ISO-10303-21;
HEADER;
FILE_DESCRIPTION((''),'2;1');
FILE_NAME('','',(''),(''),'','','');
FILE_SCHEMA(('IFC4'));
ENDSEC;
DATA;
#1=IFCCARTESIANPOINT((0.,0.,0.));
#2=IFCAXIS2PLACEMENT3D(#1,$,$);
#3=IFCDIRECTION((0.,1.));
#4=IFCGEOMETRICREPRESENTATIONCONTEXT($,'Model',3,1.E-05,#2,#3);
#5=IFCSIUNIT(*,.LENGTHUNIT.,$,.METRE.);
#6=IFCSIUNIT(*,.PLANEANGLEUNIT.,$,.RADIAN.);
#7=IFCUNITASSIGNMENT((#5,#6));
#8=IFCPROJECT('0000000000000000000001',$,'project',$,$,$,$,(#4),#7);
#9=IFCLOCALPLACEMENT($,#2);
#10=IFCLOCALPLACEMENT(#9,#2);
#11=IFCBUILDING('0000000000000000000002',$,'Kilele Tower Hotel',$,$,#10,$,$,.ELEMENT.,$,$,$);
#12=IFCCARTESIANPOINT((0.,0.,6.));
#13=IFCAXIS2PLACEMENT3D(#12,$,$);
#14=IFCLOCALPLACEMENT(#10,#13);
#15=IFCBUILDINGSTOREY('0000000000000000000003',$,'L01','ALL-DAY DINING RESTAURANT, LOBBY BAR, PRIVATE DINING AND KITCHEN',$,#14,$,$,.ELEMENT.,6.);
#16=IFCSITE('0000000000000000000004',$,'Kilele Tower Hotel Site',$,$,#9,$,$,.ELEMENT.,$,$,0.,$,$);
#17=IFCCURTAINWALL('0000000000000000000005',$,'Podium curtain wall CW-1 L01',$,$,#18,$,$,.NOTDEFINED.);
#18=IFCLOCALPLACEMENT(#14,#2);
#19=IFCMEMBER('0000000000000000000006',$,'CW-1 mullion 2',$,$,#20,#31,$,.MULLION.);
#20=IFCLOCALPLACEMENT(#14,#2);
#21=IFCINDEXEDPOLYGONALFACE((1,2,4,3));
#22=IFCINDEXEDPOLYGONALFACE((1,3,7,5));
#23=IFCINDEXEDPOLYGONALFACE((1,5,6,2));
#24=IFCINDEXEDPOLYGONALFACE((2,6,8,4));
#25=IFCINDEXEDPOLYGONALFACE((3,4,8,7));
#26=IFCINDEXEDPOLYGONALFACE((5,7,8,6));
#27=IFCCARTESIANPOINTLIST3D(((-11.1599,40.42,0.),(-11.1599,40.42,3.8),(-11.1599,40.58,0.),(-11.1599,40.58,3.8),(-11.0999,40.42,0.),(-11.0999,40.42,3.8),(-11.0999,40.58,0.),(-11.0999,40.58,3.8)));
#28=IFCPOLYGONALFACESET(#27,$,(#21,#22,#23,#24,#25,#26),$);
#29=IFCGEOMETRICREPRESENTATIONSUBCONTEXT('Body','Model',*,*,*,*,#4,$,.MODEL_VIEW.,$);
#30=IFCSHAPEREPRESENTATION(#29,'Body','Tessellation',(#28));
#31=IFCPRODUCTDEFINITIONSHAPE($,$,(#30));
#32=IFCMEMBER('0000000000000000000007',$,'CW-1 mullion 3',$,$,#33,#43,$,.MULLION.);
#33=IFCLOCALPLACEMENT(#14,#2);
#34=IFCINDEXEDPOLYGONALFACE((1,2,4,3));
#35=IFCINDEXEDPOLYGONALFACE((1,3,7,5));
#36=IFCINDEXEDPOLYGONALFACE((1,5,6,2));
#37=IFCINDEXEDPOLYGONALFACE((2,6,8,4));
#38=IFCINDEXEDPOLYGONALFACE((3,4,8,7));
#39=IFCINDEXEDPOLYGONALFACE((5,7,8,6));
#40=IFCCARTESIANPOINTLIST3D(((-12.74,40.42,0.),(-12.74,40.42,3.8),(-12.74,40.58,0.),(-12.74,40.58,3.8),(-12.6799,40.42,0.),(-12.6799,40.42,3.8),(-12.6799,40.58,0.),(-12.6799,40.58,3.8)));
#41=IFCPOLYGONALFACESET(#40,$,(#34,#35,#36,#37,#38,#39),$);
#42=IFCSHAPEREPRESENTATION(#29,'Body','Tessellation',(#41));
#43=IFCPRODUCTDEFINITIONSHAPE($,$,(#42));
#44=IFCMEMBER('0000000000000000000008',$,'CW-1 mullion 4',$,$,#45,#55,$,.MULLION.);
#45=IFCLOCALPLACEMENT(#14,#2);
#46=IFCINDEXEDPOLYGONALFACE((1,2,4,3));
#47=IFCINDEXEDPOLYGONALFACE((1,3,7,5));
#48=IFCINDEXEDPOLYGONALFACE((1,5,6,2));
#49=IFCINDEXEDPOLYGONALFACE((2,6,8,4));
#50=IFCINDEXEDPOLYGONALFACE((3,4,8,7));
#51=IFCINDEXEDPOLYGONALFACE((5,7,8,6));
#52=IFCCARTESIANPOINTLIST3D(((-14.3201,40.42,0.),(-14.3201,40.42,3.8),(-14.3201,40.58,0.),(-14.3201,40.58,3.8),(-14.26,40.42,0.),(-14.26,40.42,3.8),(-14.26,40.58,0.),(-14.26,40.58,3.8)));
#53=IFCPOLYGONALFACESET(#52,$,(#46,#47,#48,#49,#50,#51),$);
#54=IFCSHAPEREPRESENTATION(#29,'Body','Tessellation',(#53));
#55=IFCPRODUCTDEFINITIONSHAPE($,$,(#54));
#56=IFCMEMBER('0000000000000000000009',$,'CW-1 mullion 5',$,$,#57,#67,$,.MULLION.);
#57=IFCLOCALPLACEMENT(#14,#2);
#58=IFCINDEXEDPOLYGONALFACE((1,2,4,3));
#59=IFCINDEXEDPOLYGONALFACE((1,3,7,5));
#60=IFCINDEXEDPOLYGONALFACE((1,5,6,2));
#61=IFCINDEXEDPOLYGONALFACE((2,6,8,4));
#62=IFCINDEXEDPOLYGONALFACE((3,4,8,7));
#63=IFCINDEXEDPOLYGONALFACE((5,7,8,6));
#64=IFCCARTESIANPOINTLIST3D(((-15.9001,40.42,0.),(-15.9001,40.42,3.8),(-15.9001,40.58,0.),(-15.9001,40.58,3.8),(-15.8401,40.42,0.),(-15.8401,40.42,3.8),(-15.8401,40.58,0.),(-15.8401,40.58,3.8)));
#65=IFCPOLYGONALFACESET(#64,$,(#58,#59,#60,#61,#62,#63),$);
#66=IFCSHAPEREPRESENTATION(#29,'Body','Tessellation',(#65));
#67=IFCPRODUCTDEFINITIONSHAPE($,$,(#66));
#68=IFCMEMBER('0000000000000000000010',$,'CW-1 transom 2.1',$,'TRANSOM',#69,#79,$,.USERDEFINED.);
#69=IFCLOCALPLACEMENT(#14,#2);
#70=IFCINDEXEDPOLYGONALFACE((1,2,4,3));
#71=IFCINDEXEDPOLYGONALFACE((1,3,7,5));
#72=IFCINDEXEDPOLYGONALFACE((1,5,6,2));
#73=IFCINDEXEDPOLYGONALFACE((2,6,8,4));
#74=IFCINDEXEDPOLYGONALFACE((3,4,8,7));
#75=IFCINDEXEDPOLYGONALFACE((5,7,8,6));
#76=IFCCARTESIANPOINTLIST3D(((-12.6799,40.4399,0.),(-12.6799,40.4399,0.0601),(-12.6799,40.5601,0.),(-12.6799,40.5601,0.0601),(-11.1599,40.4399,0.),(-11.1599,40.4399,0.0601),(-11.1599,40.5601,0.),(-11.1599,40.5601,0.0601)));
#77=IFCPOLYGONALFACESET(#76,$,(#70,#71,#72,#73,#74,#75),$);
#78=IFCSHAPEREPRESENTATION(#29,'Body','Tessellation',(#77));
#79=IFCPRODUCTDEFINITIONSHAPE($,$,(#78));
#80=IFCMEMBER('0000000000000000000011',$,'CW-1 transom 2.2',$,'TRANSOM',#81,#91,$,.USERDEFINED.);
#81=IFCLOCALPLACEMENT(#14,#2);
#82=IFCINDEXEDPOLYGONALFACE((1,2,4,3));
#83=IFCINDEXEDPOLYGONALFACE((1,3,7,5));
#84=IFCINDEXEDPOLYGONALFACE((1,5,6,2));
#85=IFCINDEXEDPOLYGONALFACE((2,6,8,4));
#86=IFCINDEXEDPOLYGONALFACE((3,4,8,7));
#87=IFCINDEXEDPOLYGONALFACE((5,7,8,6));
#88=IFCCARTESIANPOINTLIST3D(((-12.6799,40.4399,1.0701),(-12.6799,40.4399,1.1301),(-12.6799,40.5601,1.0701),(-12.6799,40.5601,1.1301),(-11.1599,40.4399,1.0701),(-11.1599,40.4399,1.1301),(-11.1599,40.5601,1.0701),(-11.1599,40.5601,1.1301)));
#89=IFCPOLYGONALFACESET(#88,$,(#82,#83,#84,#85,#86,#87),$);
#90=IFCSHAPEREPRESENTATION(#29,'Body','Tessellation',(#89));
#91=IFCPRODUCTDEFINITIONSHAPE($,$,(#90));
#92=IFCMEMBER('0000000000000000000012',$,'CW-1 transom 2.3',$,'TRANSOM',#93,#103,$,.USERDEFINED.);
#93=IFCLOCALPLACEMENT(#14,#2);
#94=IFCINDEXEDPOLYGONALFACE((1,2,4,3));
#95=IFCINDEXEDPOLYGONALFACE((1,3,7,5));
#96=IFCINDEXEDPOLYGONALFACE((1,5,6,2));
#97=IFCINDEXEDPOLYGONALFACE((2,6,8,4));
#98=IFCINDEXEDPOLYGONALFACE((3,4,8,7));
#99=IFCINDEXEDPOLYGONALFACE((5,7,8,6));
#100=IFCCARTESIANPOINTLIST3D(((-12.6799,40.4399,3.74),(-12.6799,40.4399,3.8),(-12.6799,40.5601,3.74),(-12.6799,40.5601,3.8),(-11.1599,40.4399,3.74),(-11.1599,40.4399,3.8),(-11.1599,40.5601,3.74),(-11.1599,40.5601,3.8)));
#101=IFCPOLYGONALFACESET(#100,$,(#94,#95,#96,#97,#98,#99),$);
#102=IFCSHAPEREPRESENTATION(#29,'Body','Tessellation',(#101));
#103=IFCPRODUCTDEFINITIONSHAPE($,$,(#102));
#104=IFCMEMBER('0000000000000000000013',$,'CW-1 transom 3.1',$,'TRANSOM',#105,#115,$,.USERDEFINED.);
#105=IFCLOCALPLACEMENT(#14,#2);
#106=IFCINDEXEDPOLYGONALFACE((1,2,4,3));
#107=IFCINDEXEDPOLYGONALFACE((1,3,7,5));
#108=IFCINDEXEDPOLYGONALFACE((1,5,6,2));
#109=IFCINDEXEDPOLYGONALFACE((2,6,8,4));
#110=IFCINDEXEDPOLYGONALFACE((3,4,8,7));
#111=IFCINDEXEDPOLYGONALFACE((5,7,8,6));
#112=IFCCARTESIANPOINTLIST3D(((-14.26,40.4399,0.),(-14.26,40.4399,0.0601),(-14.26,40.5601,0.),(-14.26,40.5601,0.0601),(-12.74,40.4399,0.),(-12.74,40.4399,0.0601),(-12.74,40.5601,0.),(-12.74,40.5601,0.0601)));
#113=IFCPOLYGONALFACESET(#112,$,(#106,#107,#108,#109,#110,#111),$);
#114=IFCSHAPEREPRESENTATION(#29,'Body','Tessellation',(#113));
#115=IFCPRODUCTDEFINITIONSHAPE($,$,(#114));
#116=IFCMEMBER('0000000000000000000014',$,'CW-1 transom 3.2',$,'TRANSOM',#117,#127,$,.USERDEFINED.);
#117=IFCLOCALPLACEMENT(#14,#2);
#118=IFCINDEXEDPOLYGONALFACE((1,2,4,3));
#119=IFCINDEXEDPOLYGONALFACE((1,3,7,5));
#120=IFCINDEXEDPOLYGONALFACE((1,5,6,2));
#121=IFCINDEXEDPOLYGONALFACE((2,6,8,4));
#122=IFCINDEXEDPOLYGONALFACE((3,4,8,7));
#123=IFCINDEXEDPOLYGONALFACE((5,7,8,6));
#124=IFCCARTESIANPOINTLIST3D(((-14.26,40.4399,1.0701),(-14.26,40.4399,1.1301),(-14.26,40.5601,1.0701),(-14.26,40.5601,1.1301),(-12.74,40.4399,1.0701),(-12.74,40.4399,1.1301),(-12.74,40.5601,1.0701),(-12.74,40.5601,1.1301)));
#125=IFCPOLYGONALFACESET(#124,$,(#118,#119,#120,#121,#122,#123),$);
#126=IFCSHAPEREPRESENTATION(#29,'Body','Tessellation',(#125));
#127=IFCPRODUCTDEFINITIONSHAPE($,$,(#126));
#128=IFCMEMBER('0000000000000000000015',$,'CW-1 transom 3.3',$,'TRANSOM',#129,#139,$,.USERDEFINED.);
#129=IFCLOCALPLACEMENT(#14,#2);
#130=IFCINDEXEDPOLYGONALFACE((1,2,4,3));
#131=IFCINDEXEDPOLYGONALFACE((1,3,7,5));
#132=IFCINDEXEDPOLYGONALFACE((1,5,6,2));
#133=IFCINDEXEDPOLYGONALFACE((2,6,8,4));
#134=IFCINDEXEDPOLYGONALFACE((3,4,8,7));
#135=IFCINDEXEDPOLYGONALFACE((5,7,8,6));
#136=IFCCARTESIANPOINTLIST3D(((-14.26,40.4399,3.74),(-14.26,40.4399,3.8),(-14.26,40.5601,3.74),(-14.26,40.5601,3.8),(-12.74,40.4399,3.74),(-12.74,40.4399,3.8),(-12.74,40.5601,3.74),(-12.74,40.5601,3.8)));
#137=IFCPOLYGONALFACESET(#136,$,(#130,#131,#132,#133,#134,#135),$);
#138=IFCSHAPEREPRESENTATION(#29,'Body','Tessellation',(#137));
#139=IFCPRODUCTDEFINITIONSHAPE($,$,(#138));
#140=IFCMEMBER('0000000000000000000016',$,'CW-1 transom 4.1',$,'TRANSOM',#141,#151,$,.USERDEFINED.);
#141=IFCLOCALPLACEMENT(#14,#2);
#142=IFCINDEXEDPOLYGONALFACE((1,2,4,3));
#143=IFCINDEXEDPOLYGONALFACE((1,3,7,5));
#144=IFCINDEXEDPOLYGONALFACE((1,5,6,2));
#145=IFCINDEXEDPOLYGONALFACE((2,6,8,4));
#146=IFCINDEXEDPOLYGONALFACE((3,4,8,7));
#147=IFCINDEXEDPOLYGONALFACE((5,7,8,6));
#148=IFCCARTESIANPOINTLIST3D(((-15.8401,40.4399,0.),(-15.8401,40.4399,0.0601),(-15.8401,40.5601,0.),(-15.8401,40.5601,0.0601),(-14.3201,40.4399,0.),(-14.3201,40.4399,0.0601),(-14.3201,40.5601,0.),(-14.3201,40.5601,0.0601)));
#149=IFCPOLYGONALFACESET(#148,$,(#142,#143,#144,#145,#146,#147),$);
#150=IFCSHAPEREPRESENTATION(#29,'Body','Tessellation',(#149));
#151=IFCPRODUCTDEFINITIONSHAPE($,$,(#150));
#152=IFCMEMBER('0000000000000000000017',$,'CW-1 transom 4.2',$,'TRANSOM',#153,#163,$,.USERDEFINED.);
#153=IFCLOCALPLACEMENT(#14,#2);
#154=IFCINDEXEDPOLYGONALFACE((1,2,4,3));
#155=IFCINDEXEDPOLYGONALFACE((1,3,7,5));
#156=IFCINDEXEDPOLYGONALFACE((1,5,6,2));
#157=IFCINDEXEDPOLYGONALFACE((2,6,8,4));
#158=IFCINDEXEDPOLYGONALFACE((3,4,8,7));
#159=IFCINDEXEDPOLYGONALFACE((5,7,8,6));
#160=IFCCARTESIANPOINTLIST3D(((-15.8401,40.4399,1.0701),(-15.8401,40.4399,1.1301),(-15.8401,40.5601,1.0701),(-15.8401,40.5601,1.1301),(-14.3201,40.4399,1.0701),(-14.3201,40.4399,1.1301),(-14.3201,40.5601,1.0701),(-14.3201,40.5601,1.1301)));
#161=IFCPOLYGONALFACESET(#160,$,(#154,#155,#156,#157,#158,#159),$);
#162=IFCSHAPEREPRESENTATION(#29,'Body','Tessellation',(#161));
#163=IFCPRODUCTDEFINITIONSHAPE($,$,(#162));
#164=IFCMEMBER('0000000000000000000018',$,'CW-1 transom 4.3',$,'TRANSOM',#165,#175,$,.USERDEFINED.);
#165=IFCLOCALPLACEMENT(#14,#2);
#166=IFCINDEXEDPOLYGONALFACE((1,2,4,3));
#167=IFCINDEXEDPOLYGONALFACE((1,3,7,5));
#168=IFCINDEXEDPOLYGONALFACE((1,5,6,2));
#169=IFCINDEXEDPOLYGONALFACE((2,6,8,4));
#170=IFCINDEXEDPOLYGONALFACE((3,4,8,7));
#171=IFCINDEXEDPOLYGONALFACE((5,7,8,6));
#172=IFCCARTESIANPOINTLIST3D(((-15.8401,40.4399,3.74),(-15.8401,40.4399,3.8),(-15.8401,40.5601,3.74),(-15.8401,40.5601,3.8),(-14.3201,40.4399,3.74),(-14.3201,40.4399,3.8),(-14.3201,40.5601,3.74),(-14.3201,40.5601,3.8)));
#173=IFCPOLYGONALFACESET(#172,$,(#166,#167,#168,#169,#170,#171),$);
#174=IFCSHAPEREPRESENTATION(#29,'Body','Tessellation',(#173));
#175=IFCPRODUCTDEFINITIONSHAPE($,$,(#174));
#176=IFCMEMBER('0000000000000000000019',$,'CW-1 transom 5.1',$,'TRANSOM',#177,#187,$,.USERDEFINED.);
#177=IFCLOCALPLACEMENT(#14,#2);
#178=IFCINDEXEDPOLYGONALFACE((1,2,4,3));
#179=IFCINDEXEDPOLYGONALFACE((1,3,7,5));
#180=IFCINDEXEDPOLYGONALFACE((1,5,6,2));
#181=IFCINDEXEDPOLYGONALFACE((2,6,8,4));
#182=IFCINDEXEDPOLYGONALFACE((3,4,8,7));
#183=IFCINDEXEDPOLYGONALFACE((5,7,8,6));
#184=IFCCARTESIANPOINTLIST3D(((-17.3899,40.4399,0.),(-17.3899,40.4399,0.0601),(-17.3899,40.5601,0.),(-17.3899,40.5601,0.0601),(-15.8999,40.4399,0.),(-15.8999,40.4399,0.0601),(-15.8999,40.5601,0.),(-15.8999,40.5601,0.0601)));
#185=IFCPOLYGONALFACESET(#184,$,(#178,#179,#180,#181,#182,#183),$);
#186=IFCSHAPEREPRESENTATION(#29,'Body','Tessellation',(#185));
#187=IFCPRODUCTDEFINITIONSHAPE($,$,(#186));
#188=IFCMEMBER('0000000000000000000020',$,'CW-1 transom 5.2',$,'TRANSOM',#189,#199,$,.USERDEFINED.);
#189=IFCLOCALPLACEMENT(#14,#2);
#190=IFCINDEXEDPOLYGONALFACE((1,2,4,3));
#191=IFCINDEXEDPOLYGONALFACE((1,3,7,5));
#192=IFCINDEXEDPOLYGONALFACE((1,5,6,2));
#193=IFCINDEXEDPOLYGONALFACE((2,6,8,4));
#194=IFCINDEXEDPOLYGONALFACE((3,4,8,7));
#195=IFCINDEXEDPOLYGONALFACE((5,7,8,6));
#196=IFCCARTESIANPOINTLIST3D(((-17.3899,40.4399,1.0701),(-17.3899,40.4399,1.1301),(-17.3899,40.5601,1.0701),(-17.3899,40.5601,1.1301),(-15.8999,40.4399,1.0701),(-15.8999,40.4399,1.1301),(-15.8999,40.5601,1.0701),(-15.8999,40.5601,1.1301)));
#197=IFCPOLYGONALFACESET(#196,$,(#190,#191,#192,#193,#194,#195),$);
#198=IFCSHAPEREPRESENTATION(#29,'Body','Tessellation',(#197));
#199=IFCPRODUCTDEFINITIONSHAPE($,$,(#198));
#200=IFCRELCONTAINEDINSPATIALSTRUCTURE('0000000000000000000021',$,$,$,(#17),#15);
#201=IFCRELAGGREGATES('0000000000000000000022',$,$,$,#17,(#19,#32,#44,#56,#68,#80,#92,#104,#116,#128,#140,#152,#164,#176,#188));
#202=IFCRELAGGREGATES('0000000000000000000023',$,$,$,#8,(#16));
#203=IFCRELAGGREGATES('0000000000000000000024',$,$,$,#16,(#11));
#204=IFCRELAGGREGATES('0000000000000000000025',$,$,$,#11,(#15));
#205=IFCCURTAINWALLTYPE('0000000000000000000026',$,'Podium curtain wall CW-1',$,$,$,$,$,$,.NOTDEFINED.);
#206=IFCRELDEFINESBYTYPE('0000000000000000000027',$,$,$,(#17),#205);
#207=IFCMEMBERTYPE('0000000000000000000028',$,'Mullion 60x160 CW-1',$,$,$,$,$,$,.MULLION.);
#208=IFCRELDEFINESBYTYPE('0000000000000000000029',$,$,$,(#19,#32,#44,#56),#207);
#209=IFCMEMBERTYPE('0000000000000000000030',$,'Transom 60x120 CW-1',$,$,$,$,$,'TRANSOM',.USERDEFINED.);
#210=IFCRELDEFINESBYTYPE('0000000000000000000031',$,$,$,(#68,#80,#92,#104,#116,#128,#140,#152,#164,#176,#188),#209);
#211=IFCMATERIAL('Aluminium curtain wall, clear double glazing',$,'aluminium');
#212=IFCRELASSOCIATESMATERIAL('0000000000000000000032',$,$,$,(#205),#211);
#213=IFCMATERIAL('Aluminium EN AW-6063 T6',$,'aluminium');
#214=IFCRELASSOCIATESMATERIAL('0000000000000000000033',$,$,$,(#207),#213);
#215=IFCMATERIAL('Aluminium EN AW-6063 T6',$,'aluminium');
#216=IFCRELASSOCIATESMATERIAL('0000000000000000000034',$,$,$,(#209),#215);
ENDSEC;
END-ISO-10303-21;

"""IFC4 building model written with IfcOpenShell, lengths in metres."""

from ifc_helpers import new_model, si_unit, direction, frame, origin, origin_2d, place, context, subcontext, project, spatial, rectangle, extrude, material, material_profile, profile_set, type_object, element, aggregate, save


model = new_model("IFC4")

# Units and contexts
model_context = context("Model", 3, precision=1e-05, world=origin(), true_north=direction((0.0, 1.0)))
body_context = subcontext(model_context, "Body", "Model", "MODEL_VIEW")
ifc_project = project(units=[si_unit("LENGTHUNIT", "METRE"), si_unit("PLANEANGLEUNIT", "RADIAN")], contexts=[model_context])

# Site, building, storey
site_placement = place(None, origin())
site = spatial("IfcSite", under=ifc_project, at=site_placement, Name="Kilele Tower Hotel Site", CompositionType="ELEMENT", RefElevation=0.0)
building_placement = place(site_placement, origin())
building = spatial("IfcBuilding", under=site, at=building_placement, Name="Kilele Tower Hotel", CompositionType="ELEMENT")
storey_placement = place(building_placement, frame((0.0, 0.0, 6.0)))
storey = spatial("IfcBuildingStorey", under=building, at=storey_placement, Name="L01", Description="ALL-DAY DINING RESTAURANT, LOBBY BAR, PRIVATE DINING AND KITCHEN", CompositionType="ELEMENT", Elevation=6.0)

# Curtain wall, members
ifc_material_1 = material(Name="Aluminium curtain wall, clear double glazing", Category="aluminium")
curtain_wall_type = type_object("IfcCurtainWallType", Name="Podium curtain wall CW-1", PredefinedType="NOTDEFINED", material=ifc_material_1)
curtain_wall_placement = place(storey_placement, origin())
curtain_wall = element("IfcCurtainWall", 1, at=curtain_wall_placement, inside=storey, type_object=curtain_wall_type, Name="Podium curtain wall CW-1 L01", PredefinedType="NOTDEFINED")
ifc_material_2 = material(Name="Aluminium EN AW-6063 T6", Category="aluminium")
ifc_material_profile_1 = material_profile(ifc_material_2, rectangle(XDim=0.1599, YDim=0.0601, at=origin_2d()))
ifc_profile_set_1 = profile_set([ifc_material_profile_1], Name="Aluminium EN AW-6063 T6")
member_type_1 = type_object("IfcMemberType", Name="Mullion 60x160 CW-1", PredefinedType="MULLION", material=ifc_profile_set_1)
member_1_placement = place(storey_placement, frame((-11.1299, 40.5, 0.0), z_axis=(0.0, 0.0, 1.0), x_axis=(0.0, -1.0, 0.0)))
member_1 = element("IfcMember", 2, at=member_1_placement, type_object=member_type_1, Name="CW-1 mullion 2", PredefinedType="MULLION", context=body_context, shape_type="SweptSolid", body=[
    extrude(rectangle(XDim=0.1599, YDim=0.0601, at=origin_2d()), origin(), (0.0, 0.0, 1.0), 3.8),
])
member_2_placement = place(storey_placement, frame((-12.71, 40.5, 0.0), z_axis=(0.0, 0.0, 1.0), x_axis=(0.0, -1.0, 0.0)))
member_2 = element("IfcMember", 3, at=member_2_placement, type_object=member_type_1, Name="CW-1 mullion 3", PredefinedType="MULLION", context=body_context, shape_type="SweptSolid", body=[
    extrude(rectangle(XDim=0.1599, YDim=0.0601, at=origin_2d()), origin(), (0.0, 0.0, 1.0), 3.8),
])
member_3_placement = place(storey_placement, frame((-14.29, 40.5, 0.0), z_axis=(0.0, 0.0, 1.0), x_axis=(0.0, -1.0, 0.0)))
member_3 = element("IfcMember", 4, at=member_3_placement, type_object=member_type_1, Name="CW-1 mullion 4", PredefinedType="MULLION", context=body_context, shape_type="SweptSolid", body=[
    extrude(rectangle(XDim=0.1599, YDim=0.0601, at=origin_2d()), origin(), (0.0, 0.0, 1.0), 3.8),
])
member_4_placement = place(storey_placement, frame((-15.8701, 40.5, 0.0), z_axis=(0.0, 0.0, 1.0), x_axis=(0.0, -1.0, 0.0)))
member_4 = element("IfcMember", 5, at=member_4_placement, type_object=member_type_1, Name="CW-1 mullion 5", PredefinedType="MULLION", context=body_context, shape_type="SweptSolid", body=[
    extrude(rectangle(XDim=0.1599, YDim=0.0601, at=origin_2d()), origin(), (0.0, 0.0, 1.0), 3.8),
])
ifc_material_3 = material(Name="Aluminium EN AW-6063 T6", Category="aluminium")
ifc_material_profile_2 = material_profile(ifc_material_3, rectangle(XDim=0.1201, YDim=0.0601, at=origin_2d()))
ifc_profile_set_2 = profile_set([ifc_material_profile_2], Name="Aluminium EN AW-6063 T6")
member_type_2 = type_object("IfcMemberType", Name="Transom 60x120 CW-1", ElementType="TRANSOM", PredefinedType="USERDEFINED", material=ifc_profile_set_2)
member_5_placement = place(storey_placement, frame((-11.1599, 40.5, 0.03), z_axis=(-1.0, 0.0, 0.0), x_axis=(0.0, -1.0, 0.0)))
member_5 = element("IfcMember", 6, at=member_5_placement, type_object=member_type_2, Name="CW-1 transom 2.1", ObjectType="TRANSOM", PredefinedType="USERDEFINED", context=body_context, shape_type="SweptSolid", body=[
    extrude(rectangle(XDim=0.1201, YDim=0.0601, at=origin_2d()), origin(), (0.0, 0.0, 1.0), 1.52),
])
member_6_placement = place(storey_placement, frame((-11.1599, 40.5, 1.1001), z_axis=(-1.0, 0.0, 0.0), x_axis=(0.0, -1.0, 0.0)))
member_6 = element("IfcMember", 7, at=member_6_placement, type_object=member_type_2, Name="CW-1 transom 2.2", ObjectType="TRANSOM", PredefinedType="USERDEFINED", context=body_context, shape_type="SweptSolid", body=[
    extrude(rectangle(XDim=0.1201, YDim=0.0601, at=origin_2d()), origin(), (0.0, 0.0, 1.0), 1.52),
])
member_7_placement = place(storey_placement, frame((-11.1599, 40.5, 3.77), z_axis=(-1.0, 0.0, 0.0), x_axis=(0.0, -1.0, 0.0)))
member_7 = element("IfcMember", 8, at=member_7_placement, type_object=member_type_2, Name="CW-1 transom 2.3", ObjectType="TRANSOM", PredefinedType="USERDEFINED", context=body_context, shape_type="SweptSolid", body=[
    extrude(rectangle(XDim=0.1201, YDim=0.0601, at=origin_2d()), origin(), (0.0, 0.0, 1.0), 1.52),
])
member_8_placement = place(storey_placement, frame((-12.74, 40.5, 0.03), z_axis=(-1.0, 0.0, 0.0), x_axis=(0.0, -1.0, 0.0)))
member_8 = element("IfcMember", 9, at=member_8_placement, type_object=member_type_2, Name="CW-1 transom 3.1", ObjectType="TRANSOM", PredefinedType="USERDEFINED", context=body_context, shape_type="SweptSolid", body=[
    extrude(rectangle(XDim=0.1201, YDim=0.0601, at=origin_2d()), origin(), (0.0, 0.0, 1.0), 1.52),
])
member_9_placement = place(storey_placement, frame((-12.74, 40.5, 1.1001), z_axis=(-1.0, 0.0, 0.0), x_axis=(0.0, -1.0, 0.0)))
member_9 = element("IfcMember", 10, at=member_9_placement, type_object=member_type_2, Name="CW-1 transom 3.2", ObjectType="TRANSOM", PredefinedType="USERDEFINED", context=body_context, shape_type="SweptSolid", body=[
    extrude(rectangle(XDim=0.1201, YDim=0.0601, at=origin_2d()), origin(), (0.0, 0.0, 1.0), 1.52),
])
member_10_placement = place(storey_placement, frame((-12.74, 40.5, 3.77), z_axis=(-1.0, 0.0, 0.0), x_axis=(0.0, -1.0, 0.0)))
member_10 = element("IfcMember", 11, at=member_10_placement, type_object=member_type_2, Name="CW-1 transom 3.3", ObjectType="TRANSOM", PredefinedType="USERDEFINED", context=body_context, shape_type="SweptSolid", body=[
    extrude(rectangle(XDim=0.1201, YDim=0.0601, at=origin_2d()), origin(), (0.0, 0.0, 1.0), 1.52),
])
member_11_placement = place(storey_placement, frame((-14.3201, 40.5, 0.03), z_axis=(-1.0, 0.0, 0.0), x_axis=(0.0, -1.0, 0.0)))
member_11 = element("IfcMember", 12, at=member_11_placement, type_object=member_type_2, Name="CW-1 transom 4.1", ObjectType="TRANSOM", PredefinedType="USERDEFINED", context=body_context, shape_type="SweptSolid", body=[
    extrude(rectangle(XDim=0.1201, YDim=0.0601, at=origin_2d()), origin(), (0.0, 0.0, 1.0), 1.52),
])
member_12_placement = place(storey_placement, frame((-14.3201, 40.5, 1.1001), z_axis=(-1.0, 0.0, 0.0), x_axis=(0.0, -1.0, 0.0)))
member_12 = element("IfcMember", 13, at=member_12_placement, type_object=member_type_2, Name="CW-1 transom 4.2", ObjectType="TRANSOM", PredefinedType="USERDEFINED", context=body_context, shape_type="SweptSolid", body=[
    extrude(rectangle(XDim=0.1201, YDim=0.0601, at=origin_2d()), origin(), (0.0, 0.0, 1.0), 1.52),
])
member_13_placement = place(storey_placement, frame((-14.3201, 40.5, 3.77), z_axis=(-1.0, 0.0, 0.0), x_axis=(0.0, -1.0, 0.0)))
member_13 = element("IfcMember", 14, at=member_13_placement, type_object=member_type_2, Name="CW-1 transom 4.3", ObjectType="TRANSOM", PredefinedType="USERDEFINED", context=body_context, shape_type="SweptSolid", body=[
    extrude(rectangle(XDim=0.1201, YDim=0.0601, at=origin_2d()), origin(), (0.0, 0.0, 1.0), 1.52),
])
member_14_placement = place(storey_placement, frame((-15.8999, 40.5, 0.03), z_axis=(-1.0, 0.0, 0.0), x_axis=(0.0, -1.0, 0.0)))
member_14 = element("IfcMember", 15, at=member_14_placement, type_object=member_type_2, Name="CW-1 transom 5.1", ObjectType="TRANSOM", PredefinedType="USERDEFINED", context=body_context, shape_type="SweptSolid", body=[
    extrude(rectangle(XDim=0.1201, YDim=0.0601, at=origin_2d()), origin(), (0.0, 0.0, 1.0), 1.49),
])
member_15_placement = place(storey_placement, frame((-15.8999, 40.5, 1.1001), z_axis=(-1.0, 0.0, 0.0), x_axis=(0.0, -1.0, 0.0)))
member_15 = element("IfcMember", 16, at=member_15_placement, type_object=member_type_2, Name="CW-1 transom 5.2", ObjectType="TRANSOM", PredefinedType="USERDEFINED", context=body_context, shape_type="SweptSolid", body=[
    extrude(rectangle(XDim=0.1201, YDim=0.0601, at=origin_2d()), origin(), (0.0, 0.0, 1.0), 1.49),
])
aggregate(curtain_wall, [member_1, member_2, member_3, member_4, member_5, member_6, member_7, member_8, member_9, member_10, member_11, member_12, member_13, member_14, member_15])

save(model, "model.ifc")
